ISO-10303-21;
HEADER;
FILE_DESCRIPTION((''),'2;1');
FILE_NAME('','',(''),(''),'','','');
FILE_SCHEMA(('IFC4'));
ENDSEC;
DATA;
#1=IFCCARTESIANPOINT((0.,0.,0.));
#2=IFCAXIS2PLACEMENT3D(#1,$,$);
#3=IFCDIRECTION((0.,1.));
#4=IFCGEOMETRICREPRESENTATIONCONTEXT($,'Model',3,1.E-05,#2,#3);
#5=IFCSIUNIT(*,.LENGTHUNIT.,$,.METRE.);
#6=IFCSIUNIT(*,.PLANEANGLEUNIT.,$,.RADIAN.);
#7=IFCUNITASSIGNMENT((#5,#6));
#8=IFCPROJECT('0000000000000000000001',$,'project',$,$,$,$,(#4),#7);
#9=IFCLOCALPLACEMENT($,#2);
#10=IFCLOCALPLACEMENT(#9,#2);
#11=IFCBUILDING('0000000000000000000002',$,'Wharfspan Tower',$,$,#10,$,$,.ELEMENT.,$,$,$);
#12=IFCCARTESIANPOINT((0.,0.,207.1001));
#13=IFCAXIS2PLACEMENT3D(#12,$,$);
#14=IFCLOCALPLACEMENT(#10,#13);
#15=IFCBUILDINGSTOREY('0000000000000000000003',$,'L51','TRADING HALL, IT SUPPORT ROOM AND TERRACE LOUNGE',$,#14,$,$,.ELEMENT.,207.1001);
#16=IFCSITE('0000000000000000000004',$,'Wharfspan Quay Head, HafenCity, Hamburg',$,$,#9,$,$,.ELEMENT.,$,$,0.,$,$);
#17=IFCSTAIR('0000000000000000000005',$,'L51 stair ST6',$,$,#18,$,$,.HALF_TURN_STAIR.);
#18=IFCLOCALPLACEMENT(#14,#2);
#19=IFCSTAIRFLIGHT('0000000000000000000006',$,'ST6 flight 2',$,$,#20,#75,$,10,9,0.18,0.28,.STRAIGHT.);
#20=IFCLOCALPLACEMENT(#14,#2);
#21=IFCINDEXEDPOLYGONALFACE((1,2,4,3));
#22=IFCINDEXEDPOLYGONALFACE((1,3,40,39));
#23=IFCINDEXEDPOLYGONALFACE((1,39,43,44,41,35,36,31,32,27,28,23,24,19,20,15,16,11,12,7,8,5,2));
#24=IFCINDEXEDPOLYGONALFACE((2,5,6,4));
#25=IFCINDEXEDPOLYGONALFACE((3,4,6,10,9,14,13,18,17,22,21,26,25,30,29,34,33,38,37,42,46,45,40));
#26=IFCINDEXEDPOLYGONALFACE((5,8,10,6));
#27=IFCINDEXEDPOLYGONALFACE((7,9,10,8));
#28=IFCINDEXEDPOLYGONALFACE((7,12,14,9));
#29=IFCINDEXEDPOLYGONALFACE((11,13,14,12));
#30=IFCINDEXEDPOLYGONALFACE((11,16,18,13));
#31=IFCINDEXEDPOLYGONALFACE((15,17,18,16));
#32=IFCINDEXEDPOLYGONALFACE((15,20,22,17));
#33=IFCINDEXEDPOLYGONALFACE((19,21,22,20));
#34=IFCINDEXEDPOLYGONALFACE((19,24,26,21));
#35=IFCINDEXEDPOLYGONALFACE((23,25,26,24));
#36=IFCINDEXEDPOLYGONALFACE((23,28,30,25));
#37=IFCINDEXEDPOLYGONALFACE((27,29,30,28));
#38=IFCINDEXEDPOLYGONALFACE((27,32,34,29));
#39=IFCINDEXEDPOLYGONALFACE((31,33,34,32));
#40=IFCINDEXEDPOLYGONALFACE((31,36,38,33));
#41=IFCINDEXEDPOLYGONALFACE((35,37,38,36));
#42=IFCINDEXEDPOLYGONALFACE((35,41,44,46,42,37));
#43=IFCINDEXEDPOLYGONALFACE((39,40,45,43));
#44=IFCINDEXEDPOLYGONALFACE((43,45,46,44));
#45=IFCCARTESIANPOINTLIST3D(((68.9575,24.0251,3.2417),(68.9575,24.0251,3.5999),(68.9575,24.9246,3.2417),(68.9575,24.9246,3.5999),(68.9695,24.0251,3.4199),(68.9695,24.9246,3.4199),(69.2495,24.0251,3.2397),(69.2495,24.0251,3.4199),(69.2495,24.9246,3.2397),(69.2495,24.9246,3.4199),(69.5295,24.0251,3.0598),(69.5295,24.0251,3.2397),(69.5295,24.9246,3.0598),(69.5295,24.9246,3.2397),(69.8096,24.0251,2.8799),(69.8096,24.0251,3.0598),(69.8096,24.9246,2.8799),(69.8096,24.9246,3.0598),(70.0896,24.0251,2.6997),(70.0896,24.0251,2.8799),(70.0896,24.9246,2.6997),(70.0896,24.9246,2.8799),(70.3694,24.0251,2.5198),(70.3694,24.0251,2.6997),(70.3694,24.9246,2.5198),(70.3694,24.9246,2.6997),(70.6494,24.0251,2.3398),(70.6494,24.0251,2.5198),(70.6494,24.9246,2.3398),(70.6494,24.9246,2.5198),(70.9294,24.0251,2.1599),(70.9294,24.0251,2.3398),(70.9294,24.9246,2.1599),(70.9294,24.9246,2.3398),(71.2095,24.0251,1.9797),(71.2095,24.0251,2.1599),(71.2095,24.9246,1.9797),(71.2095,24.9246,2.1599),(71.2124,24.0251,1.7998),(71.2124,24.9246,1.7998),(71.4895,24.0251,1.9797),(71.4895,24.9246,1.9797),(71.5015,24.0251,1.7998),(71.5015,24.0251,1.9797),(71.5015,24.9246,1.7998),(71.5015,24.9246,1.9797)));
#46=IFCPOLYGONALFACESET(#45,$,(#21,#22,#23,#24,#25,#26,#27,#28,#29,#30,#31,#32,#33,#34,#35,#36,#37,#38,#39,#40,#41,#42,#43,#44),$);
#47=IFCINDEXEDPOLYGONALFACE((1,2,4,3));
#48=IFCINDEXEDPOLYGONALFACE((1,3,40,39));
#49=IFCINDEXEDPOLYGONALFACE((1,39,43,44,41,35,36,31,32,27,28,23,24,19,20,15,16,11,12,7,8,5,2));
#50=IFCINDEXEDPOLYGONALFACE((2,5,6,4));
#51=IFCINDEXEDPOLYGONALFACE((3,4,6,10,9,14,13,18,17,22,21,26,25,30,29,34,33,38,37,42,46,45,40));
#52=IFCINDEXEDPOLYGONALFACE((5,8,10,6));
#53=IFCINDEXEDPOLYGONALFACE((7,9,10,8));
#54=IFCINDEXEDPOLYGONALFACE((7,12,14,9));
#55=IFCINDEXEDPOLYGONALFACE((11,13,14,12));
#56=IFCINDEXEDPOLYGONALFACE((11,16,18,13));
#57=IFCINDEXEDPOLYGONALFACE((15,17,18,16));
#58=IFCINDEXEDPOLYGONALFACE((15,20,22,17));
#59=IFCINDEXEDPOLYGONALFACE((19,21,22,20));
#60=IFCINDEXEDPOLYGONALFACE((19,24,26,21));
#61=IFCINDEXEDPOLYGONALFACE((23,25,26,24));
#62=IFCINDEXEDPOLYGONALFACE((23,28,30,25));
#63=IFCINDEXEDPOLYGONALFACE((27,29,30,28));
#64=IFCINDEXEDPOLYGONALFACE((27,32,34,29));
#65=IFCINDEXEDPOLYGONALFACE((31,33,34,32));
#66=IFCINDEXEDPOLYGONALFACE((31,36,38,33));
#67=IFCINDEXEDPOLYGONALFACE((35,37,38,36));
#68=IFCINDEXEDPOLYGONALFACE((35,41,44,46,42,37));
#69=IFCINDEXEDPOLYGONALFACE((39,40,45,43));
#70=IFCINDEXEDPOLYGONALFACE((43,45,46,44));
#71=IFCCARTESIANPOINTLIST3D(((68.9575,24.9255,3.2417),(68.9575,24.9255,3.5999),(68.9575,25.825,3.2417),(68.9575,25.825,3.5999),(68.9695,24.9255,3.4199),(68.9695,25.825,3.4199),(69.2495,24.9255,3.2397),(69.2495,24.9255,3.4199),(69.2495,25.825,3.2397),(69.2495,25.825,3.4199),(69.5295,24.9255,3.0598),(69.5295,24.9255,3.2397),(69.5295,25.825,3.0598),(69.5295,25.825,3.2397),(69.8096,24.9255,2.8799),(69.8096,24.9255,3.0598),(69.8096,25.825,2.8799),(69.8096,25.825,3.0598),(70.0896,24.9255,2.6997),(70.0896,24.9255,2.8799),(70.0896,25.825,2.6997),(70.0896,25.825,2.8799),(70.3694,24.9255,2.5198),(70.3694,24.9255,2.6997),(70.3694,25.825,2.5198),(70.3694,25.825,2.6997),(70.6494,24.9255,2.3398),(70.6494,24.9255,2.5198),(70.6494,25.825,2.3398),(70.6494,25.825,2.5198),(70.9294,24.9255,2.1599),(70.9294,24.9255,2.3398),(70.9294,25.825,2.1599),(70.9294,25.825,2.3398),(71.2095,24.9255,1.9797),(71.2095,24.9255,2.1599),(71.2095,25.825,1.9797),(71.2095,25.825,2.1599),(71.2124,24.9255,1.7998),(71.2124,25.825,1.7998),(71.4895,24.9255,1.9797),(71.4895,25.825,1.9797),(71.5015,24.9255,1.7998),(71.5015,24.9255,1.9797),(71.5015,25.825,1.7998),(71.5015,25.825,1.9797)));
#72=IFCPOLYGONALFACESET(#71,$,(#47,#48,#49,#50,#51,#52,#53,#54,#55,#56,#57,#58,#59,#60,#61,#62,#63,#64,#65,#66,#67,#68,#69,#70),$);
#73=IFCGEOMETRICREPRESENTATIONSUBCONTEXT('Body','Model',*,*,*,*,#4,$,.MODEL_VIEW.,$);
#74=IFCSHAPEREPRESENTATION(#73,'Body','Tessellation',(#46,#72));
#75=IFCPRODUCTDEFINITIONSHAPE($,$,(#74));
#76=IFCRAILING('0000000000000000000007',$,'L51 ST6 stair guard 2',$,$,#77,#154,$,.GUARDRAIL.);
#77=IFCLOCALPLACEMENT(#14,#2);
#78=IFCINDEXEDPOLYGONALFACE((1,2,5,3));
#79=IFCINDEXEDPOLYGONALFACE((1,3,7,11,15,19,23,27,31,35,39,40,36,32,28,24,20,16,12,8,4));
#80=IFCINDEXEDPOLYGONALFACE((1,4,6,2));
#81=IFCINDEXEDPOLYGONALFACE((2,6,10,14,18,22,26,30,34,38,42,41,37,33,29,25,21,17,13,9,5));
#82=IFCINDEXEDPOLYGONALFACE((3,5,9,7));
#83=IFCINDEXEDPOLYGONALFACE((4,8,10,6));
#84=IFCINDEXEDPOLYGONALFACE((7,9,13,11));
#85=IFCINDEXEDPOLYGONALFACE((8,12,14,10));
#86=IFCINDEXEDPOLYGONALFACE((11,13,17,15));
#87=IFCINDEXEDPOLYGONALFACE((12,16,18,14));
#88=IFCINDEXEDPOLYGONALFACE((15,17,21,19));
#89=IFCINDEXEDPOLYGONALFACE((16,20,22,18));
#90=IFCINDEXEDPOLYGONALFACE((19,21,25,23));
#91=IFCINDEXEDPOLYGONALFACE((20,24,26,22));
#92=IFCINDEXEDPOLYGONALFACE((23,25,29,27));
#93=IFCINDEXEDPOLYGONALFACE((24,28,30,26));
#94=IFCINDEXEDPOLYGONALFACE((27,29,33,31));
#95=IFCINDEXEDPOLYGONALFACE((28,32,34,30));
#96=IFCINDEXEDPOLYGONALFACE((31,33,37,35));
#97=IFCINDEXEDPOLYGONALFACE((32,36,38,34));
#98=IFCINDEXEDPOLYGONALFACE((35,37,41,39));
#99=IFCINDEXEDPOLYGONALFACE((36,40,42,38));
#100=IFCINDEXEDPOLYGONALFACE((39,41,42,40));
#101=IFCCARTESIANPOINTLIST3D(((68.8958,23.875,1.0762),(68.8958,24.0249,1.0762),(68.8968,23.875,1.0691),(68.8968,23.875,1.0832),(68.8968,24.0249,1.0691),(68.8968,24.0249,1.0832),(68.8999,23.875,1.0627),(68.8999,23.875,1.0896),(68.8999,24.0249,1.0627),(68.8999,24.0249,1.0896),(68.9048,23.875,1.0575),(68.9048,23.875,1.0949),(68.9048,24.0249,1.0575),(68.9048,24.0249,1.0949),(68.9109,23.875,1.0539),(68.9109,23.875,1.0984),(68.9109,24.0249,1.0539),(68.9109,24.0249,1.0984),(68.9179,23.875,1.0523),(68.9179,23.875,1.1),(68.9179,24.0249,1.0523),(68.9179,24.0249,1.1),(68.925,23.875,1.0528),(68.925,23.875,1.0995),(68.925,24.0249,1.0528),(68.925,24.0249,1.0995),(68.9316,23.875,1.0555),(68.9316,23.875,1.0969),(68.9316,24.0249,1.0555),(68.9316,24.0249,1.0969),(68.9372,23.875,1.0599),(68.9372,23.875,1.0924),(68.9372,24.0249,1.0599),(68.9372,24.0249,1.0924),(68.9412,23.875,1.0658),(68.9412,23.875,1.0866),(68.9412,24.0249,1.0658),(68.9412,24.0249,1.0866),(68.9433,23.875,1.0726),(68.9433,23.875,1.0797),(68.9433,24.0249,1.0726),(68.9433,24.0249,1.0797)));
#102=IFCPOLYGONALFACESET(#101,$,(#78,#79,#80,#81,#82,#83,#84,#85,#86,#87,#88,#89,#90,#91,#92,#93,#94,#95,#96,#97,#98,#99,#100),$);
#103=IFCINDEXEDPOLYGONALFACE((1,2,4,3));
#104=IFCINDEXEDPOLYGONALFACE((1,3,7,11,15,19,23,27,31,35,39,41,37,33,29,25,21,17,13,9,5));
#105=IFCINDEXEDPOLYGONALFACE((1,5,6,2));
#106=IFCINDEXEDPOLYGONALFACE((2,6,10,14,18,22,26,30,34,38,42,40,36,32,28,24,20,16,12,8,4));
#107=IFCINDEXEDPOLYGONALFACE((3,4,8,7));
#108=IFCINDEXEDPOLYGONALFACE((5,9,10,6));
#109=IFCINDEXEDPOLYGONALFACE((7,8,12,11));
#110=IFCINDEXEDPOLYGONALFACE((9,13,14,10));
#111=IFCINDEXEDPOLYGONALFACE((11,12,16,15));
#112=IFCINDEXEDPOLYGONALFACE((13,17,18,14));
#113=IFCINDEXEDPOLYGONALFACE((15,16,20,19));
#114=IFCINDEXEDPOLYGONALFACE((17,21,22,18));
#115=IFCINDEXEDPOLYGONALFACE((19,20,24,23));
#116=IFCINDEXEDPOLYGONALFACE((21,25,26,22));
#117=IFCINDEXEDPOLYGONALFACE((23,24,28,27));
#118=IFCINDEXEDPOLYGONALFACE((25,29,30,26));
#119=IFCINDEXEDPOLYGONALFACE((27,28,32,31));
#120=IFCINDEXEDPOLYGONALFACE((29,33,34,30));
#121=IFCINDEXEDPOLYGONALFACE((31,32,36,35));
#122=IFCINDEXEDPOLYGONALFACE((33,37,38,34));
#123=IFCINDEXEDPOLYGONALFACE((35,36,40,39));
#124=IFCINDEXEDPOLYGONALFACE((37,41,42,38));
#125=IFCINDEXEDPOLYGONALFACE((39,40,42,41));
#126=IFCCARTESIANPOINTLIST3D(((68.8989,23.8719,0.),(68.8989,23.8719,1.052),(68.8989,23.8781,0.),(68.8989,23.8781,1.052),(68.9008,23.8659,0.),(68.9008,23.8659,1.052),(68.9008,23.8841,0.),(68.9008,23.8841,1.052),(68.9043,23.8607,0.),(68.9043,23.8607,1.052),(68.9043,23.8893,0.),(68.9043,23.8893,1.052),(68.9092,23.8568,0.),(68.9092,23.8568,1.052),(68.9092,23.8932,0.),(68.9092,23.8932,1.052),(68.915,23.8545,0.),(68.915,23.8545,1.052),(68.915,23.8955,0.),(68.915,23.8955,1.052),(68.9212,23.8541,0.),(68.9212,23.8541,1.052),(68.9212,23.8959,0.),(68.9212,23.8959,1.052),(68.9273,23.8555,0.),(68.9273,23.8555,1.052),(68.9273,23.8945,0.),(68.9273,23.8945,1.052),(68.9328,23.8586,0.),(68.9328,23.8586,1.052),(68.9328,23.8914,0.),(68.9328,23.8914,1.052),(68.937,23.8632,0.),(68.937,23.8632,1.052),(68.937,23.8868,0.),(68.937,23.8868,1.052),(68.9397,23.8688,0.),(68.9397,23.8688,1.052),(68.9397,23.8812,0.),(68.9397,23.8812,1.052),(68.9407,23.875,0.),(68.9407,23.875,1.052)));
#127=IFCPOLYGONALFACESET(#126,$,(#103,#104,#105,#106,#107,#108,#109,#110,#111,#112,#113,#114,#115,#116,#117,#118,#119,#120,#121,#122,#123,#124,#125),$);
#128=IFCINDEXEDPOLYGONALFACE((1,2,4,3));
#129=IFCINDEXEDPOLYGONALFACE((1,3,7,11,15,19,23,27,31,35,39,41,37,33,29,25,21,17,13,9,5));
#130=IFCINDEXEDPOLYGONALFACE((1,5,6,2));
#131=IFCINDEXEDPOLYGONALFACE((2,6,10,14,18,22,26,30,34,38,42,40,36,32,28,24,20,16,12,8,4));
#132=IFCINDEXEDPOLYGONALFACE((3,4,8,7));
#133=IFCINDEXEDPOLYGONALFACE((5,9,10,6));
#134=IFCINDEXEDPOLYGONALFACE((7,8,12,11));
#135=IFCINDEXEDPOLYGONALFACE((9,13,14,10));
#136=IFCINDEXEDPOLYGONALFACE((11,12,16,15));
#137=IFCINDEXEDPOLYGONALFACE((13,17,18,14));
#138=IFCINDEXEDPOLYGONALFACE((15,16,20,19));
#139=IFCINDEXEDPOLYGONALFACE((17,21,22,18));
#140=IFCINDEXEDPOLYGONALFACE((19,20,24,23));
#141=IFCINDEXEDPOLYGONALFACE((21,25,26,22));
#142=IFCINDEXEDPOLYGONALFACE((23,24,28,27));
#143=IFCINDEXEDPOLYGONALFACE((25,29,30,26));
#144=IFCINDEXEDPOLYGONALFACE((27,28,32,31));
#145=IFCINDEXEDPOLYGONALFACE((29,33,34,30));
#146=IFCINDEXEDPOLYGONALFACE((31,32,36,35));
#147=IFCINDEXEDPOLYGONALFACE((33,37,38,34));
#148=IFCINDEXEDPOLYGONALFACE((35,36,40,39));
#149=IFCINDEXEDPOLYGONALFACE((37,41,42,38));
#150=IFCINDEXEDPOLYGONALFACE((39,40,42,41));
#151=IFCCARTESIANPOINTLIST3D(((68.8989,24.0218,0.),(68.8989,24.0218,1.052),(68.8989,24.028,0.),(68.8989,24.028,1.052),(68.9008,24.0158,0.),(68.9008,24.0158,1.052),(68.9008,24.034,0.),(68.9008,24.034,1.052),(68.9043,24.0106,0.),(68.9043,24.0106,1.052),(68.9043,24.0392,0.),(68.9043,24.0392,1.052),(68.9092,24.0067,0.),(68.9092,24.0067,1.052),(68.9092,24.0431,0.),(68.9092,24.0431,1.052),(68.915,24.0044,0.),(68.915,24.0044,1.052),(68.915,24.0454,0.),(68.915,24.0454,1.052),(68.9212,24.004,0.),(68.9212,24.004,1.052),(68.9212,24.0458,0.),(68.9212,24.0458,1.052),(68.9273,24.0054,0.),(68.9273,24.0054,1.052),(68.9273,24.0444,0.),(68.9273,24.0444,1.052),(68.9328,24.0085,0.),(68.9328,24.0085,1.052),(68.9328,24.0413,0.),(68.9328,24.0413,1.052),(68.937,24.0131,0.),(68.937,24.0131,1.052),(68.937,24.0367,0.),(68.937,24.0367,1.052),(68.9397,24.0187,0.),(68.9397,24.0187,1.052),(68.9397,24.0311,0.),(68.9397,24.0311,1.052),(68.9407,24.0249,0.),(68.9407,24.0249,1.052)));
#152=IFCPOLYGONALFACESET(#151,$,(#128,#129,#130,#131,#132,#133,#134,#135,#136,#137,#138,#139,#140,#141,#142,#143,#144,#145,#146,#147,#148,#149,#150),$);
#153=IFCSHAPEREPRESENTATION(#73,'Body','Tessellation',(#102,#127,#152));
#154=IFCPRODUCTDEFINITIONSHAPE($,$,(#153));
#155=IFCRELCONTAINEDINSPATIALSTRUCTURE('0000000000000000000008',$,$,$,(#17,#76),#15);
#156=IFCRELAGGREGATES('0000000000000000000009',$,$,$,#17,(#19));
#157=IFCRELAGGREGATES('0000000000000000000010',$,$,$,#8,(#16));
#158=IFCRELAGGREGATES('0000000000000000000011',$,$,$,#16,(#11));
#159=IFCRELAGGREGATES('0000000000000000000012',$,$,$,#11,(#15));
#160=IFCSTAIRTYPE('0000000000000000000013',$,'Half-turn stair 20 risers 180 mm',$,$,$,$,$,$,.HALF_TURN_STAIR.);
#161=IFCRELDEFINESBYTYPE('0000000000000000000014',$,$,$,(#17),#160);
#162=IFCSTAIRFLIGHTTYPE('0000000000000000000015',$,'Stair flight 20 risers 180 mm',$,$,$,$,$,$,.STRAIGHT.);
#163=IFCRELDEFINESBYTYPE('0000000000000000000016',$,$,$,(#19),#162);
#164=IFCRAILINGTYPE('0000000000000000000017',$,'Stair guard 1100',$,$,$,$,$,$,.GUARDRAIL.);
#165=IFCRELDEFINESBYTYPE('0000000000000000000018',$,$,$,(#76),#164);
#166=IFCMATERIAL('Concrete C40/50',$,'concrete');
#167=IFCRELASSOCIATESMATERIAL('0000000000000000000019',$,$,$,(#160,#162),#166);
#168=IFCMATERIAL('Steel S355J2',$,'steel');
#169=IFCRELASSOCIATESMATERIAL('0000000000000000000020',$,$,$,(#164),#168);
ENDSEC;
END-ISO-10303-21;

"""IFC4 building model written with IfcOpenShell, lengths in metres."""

from ifc_helpers import new_model, si_unit, direction, frame, origin, origin_2d, place, context, subcontext, project, spatial, polyline, circle, outline, extrude, material, type_object, element, aggregate, save


model = new_model("IFC4")

# Units and contexts
model_context = context("Model", 3, precision=1e-05, world=origin(), true_north=direction((0.0, 1.0)))
body_context = subcontext(model_context, "Body", "Model", "MODEL_VIEW")
ifc_project = project(units=[si_unit("LENGTHUNIT", "METRE"), si_unit("PLANEANGLEUNIT", "RADIAN")], contexts=[model_context])

# Site, building, storey
site_placement = place(None, origin())
site = spatial("IfcSite", under=ifc_project, at=site_placement, Name="Wharfspan Quay Head, HafenCity, Hamburg", CompositionType="ELEMENT", RefElevation=0.0)
building_placement = place(site_placement, origin())
building = spatial("IfcBuilding", under=site, at=building_placement, Name="Wharfspan Tower", CompositionType="ELEMENT")
storey_placement = place(building_placement, frame((0.0, 0.0, 207.1001)))
storey = spatial("IfcBuildingStorey", under=building, at=storey_placement, Name="L51", Description="TRADING HALL, IT SUPPORT ROOM AND TERRACE LOUNGE", CompositionType="ELEMENT", Elevation=207.1001)

# Shared definitions
ifc_material_1 = material(Name="Concrete C40/50", Category="concrete")

# Stair, stair flight
stair_type = type_object("IfcStairType", Name="Half-turn stair 20 risers 180 mm", PredefinedType="HALF_TURN_STAIR", material=ifc_material_1)
stair_placement = place(storey_placement, origin())
stair = element("IfcStair", 1, at=stair_placement, inside=storey, type_object=stair_type, Name="L51 stair ST6", PredefinedType="HALF_TURN_STAIR")
stair_flight_type = type_object("IfcStairFlightType", Name="Stair flight 20 risers 180 mm", PredefinedType="STRAIGHT", material=ifc_material_1)
stair_flight_1_placement = place(storey_placement, frame((71.4895, 24.925, 1.7998), z_axis=(0.0, 0.0, 1.0), x_axis=(-1.0, 0.0, 0.0)))
stair_flight_1 = element("IfcStairFlight", 2, at=stair_flight_1_placement, type_object=stair_flight_type, Name="ST6 flight 2", NumberOfRisers=10, NumberOfTreads=9, PredefinedType="STRAIGHT", RiserHeight=0.18, TreadLength=0.28, context=body_context, shape_type="SweptSolid", body=[
    extrude(outline(polyline([(-0.012, 0.0), (-0.012, 0.1799), (0.0, 0.1799), (0.28, 0.1799), (0.28, 0.3601), (0.5601, 0.3601), (0.5601, 0.54), (0.8401, 0.54), (0.8401, 0.72), (1.1201, 0.72), (1.1201, 0.8999), (1.3999, 0.8999), (1.3999, 1.0801), (1.6799, 1.0801), (1.6799, 1.26), (1.96, 1.26), (1.96, 1.4399), (2.24, 1.4399), (2.24, 1.6201), (2.52, 1.6201), (2.532, 1.8), (2.532, 1.4419), (0.2771, 0.0), (-0.012, 0.0)])), frame((0.0, 0.8999, 0.0), z_axis=(0.0, -1.0, 0.0), x_axis=(1.0, 0.0, 0.0)), (0.0, 0.0, 1.0), 0.8994),
    extrude(outline(polyline([(-0.012, 0.0), (-0.012, 0.1799), (0.0, 0.1799), (0.28, 0.1799), (0.28, 0.3601), (0.5601, 0.3601), (0.5601, 0.54), (0.8401, 0.54), (0.8401, 0.72), (1.1201, 0.72), (1.1201, 0.8999), (1.3999, 0.8999), (1.3999, 1.0801), (1.6799, 1.0801), (1.6799, 1.26), (1.96, 1.26), (1.96, 1.4399), (2.24, 1.4399), (2.24, 1.6201), (2.52, 1.6201), (2.532, 1.8), (2.532, 1.4419), (0.2771, 0.0), (-0.012, 0.0)])), frame((0.0, -0.0005, 0.0), z_axis=(0.0, -1.0, 0.0), x_axis=(1.0, 0.0, 0.0)), (0.0, 0.0, 1.0), 0.8994),
])
aggregate(stair, [stair_flight_1])

# Railing
ifc_material_2 = material(Name="Steel S355J2", Category="steel")
railing_type_1 = type_object("IfcRailingType", Name="Stair guard 1100", PredefinedType="GUARDRAIL", material=ifc_material_2)
railing_1_placement = place(storey_placement, frame((68.9197, 23.875, 0.0)))
element("IfcRailing", 3, at=railing_1_placement, inside=storey, type_object=railing_type_1, Name="L51 ST6 stair guard 2", PredefinedType="GUARDRAIL", context=body_context, shape_type="SweptSolid", body=[
    extrude(circle(Radius=0.0239, at=origin_2d()), frame((0.0, 0.0, 1.0762), z_axis=(0.0, 1.0, 0.0), x_axis=(-1.0, 0.0, 0.0)), (0.0, 0.0, 1.0), 0.1499),
    extrude(circle(Radius=0.021, at=origin_2d()), origin(), (0.0, 0.0, 1.0), 1.052),
    extrude(circle(Radius=0.021, at=origin_2d()), frame((0.0, 0.1499, 0.0)), (0.0, 0.0, 1.0), 1.052),
])

save(model, "model.ifc")
